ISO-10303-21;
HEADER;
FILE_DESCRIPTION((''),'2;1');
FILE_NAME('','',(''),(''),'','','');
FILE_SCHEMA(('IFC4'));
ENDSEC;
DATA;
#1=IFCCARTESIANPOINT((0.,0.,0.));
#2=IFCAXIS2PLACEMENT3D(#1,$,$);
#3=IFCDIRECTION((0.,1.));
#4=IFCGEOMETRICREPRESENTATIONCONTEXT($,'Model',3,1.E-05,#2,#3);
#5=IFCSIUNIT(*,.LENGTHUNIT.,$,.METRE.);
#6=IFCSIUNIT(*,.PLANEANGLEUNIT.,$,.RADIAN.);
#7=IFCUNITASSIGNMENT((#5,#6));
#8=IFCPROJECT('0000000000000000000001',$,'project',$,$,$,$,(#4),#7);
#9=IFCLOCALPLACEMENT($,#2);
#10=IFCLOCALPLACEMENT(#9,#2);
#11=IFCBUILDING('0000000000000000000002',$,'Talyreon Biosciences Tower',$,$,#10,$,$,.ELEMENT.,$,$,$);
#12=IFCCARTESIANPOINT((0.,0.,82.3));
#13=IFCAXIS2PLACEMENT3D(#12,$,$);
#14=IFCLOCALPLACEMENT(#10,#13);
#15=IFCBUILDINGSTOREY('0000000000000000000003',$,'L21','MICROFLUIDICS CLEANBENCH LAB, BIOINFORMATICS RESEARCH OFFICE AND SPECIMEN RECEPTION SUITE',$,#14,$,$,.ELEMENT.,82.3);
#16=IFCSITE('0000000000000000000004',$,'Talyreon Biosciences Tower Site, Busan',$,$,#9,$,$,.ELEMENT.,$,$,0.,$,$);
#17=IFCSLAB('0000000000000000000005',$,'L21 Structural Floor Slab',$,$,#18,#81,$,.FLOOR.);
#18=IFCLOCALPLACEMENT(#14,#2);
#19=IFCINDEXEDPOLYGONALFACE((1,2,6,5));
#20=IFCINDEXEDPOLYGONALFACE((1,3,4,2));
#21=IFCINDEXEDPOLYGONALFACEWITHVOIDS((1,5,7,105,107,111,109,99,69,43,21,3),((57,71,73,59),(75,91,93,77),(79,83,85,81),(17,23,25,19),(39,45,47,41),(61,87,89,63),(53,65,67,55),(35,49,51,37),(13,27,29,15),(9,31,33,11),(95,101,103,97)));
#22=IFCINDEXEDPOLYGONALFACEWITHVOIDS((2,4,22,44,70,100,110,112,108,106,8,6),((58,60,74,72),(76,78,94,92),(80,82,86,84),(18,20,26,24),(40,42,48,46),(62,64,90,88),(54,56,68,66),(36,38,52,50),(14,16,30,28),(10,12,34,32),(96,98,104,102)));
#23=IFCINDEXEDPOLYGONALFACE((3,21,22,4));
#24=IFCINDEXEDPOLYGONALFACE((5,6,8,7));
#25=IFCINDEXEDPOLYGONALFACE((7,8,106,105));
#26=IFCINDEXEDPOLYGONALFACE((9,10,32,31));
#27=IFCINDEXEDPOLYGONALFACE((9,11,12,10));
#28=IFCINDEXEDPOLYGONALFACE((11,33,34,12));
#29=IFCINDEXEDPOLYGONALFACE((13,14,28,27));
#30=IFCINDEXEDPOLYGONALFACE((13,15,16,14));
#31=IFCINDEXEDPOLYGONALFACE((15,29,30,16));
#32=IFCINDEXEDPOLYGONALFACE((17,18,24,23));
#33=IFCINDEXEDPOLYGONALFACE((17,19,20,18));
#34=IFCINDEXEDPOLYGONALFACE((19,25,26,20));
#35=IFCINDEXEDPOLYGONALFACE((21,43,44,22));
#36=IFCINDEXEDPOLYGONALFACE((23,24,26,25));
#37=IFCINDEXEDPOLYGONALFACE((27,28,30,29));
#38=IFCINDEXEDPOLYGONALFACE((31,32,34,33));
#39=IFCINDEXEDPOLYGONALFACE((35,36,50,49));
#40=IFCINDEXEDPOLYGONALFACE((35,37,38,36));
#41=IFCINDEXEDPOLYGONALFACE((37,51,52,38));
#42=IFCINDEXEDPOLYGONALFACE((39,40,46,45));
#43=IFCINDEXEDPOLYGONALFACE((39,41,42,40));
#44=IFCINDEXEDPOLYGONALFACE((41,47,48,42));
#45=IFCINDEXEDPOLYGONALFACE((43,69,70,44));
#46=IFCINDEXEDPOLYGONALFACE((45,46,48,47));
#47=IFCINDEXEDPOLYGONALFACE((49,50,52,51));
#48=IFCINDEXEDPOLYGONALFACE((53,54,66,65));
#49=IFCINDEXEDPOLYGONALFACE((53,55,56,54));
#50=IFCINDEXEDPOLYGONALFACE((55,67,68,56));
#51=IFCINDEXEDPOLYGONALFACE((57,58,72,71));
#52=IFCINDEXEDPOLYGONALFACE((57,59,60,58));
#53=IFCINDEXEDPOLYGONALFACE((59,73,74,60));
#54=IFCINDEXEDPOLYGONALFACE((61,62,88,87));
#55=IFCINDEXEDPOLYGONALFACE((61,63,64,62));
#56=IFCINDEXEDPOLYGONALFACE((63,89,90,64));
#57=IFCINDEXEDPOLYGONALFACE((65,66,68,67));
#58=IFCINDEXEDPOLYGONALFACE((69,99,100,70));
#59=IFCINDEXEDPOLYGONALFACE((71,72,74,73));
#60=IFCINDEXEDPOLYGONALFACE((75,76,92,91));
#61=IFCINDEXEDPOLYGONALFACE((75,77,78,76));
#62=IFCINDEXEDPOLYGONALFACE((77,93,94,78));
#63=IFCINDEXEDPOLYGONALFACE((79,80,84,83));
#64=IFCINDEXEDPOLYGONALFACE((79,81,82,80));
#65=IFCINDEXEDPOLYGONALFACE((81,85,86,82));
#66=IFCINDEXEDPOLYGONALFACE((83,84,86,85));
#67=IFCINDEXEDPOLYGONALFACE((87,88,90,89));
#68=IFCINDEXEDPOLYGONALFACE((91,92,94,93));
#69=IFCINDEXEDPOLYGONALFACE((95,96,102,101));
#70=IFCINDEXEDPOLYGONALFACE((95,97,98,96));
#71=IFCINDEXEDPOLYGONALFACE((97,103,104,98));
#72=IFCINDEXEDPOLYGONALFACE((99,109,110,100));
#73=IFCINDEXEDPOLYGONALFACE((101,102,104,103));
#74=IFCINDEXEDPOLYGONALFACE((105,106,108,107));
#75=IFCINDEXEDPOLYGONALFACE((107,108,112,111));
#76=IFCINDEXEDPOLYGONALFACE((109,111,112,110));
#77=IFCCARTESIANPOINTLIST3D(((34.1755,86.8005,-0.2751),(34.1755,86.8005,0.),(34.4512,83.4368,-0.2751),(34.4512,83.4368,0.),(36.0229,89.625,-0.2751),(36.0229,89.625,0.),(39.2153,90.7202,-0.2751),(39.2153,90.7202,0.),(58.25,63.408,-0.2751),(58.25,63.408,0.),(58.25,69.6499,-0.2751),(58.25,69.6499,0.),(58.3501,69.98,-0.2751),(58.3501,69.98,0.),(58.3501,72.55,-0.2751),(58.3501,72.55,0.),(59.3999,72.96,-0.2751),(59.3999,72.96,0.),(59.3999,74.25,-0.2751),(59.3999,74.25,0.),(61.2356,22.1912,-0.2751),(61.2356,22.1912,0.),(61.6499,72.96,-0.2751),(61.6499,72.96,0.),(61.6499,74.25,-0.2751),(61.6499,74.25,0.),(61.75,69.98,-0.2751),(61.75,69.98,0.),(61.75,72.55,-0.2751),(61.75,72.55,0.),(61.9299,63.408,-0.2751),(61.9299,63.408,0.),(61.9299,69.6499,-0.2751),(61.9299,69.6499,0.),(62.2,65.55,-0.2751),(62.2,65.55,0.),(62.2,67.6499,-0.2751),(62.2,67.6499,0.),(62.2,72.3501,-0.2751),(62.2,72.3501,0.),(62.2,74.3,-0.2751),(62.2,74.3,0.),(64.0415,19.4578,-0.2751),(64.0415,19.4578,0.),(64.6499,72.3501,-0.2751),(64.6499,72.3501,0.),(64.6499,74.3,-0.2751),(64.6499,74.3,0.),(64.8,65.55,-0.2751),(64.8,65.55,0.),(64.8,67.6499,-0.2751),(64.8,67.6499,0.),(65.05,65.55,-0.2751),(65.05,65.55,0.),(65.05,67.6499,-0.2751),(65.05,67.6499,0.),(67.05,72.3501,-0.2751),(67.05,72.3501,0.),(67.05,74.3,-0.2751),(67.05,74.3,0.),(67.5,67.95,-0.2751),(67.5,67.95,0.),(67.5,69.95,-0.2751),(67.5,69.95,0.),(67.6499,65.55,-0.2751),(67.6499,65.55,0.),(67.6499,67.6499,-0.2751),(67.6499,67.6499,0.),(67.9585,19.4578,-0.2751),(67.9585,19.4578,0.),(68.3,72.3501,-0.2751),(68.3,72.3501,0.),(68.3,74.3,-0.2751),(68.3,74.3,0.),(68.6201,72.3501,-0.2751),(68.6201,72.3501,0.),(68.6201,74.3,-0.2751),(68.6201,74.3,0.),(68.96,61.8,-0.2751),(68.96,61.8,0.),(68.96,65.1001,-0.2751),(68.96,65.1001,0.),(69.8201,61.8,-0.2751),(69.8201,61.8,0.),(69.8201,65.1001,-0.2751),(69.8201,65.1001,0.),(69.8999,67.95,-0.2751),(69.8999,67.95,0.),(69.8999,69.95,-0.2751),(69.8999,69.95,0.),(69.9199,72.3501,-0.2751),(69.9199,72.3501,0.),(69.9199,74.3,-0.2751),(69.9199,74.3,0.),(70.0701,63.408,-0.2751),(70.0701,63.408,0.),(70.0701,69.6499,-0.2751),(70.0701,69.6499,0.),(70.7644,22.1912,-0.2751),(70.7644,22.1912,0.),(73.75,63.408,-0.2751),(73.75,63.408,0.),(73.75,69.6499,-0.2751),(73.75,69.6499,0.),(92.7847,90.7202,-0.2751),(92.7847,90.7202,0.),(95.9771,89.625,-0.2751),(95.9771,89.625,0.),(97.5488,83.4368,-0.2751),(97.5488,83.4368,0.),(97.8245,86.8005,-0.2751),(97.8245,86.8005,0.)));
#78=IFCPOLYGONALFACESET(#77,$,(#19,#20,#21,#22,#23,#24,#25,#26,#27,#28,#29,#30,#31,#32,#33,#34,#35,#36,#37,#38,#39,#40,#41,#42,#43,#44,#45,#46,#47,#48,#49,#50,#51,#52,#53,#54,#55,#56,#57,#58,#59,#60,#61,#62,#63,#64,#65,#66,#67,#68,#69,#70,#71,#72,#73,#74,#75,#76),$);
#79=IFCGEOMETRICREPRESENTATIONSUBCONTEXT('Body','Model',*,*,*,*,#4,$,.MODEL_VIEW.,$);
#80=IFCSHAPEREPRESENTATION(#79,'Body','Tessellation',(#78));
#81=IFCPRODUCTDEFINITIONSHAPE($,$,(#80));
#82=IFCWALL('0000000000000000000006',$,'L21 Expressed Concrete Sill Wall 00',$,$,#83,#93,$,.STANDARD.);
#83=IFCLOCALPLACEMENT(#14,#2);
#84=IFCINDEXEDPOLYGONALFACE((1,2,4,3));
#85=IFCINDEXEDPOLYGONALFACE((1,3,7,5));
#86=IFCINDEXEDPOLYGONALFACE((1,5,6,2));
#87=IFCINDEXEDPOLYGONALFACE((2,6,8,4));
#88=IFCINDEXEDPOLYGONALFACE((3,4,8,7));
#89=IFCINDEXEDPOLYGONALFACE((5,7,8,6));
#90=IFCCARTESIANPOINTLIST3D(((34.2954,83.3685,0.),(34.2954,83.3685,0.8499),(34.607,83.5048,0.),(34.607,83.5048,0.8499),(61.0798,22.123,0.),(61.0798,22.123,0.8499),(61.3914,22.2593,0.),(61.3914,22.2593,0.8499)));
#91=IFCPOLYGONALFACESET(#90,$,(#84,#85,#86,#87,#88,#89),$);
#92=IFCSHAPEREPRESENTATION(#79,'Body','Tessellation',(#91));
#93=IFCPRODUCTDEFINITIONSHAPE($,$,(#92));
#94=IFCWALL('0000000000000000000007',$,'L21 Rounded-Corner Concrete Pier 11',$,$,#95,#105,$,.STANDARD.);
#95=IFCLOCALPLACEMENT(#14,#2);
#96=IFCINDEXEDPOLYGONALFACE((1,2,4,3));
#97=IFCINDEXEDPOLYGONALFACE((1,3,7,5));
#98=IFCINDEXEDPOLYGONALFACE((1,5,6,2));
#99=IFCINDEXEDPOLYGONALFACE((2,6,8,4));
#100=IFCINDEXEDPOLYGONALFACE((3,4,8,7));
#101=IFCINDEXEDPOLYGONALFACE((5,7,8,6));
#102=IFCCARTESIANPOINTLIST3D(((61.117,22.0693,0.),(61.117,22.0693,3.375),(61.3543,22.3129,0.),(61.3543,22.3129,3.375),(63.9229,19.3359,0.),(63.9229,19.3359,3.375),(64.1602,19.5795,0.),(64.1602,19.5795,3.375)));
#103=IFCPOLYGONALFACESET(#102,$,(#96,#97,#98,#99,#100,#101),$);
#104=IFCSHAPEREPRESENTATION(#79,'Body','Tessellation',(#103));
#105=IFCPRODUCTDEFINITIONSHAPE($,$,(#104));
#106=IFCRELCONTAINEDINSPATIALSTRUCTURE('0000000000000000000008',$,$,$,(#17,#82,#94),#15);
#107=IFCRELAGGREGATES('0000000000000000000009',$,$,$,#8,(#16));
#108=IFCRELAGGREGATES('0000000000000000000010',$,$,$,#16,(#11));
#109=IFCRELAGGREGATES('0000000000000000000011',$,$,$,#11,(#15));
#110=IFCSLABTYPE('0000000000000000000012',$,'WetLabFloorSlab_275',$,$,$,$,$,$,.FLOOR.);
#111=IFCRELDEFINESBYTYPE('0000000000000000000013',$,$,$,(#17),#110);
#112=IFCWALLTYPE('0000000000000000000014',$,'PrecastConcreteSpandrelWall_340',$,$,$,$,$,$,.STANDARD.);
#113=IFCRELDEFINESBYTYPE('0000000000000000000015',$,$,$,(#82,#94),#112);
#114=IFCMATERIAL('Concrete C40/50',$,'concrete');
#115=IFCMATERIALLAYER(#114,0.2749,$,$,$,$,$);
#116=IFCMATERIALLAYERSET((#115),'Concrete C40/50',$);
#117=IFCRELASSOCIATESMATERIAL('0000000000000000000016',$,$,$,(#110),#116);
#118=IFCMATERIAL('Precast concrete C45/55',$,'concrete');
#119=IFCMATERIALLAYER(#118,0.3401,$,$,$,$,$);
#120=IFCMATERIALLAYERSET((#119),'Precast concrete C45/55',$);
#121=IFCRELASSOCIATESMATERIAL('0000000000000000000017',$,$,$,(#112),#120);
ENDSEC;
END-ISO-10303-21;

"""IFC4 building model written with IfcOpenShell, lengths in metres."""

from ifc_helpers import new_model, si_unit, direction, frame, frame_2d, origin, place, context, subcontext, project, spatial, polyline, rectangle, outline, extrude, material, layer, layer_set, type_object, element, save


model = new_model("IFC4")

# Units and contexts
model_context = context("Model", 3, precision=1e-05, world=origin(), true_north=direction((0.0, 1.0)))
body_context = subcontext(model_context, "Body", "Model", "MODEL_VIEW")
ifc_project = project(units=[si_unit("LENGTHUNIT", "METRE"), si_unit("PLANEANGLEUNIT", "RADIAN")], contexts=[model_context])

# Site, building, storey
site_placement = place(None, origin())
site = spatial("IfcSite", under=ifc_project, at=site_placement, Name="Talyreon Biosciences Tower Site, Busan", CompositionType="ELEMENT", RefElevation=0.0)
building_placement = place(site_placement, origin())
building = spatial("IfcBuilding", under=site, at=building_placement, Name="Talyreon Biosciences Tower", CompositionType="ELEMENT")
storey_placement = place(building_placement, frame((0.0, 0.0, 82.3)))
storey = spatial("IfcBuildingStorey", under=building, at=storey_placement, Name="L21", Description="MICROFLUIDICS CLEANBENCH LAB, BIOINFORMATICS RESEARCH OFFICE AND SPECIMEN RECEPTION SUITE", CompositionType="ELEMENT", Elevation=82.3)

# Shared definitions
ifc_material_1 = material(Name="Precast concrete C45/55", Category="concrete")

# Shared definitions
ifc_material_2 = material(Name="Concrete C40/50", Category="concrete")

# Slab
ifc_layer_1 = layer(ifc_material_2, 0.2749)
ifc_layer_set_1 = layer_set([ifc_layer_1], Name="Concrete C40/50")
slab_type_1 = type_object("IfcSlabType", Name="WetLabFloorSlab_275", PredefinedType="FLOOR", material=ifc_layer_set_1)
slab_1_placement = place(storey_placement, frame((0.0, 0.0, -0.2751)))
element("IfcSlab", 1, at=slab_1_placement, inside=storey, type_object=slab_type_1, Name="L21 Structural Floor Slab", PredefinedType="FLOOR", context=body_context, shape_type="SweptSolid", body=[
    extrude(outline(polyline([(61.2356, 22.1912), (34.4512, 83.4368), (34.1755, 86.8005), (36.0229, 89.625), (39.2153, 90.7202), (92.7847, 90.7202), (95.9771, 89.625), (97.8245, 86.8005), (97.5488, 83.4368), (70.7644, 22.1912), (67.9585, 19.4578), (64.0415, 19.4578), (61.2356, 22.1912)]), holes=[polyline([(61.9299, 69.6499), (61.9299, 63.408), (58.25, 63.408), (58.25, 69.6499), (61.9299, 69.6499)]), polyline([(64.8, 67.6499), (64.8, 65.55), (62.2, 65.55), (62.2, 67.6499), (64.8, 67.6499)]), polyline([(67.6499, 67.6499), (67.6499, 65.55), (65.05, 65.55), (65.05, 67.6499), (67.6499, 67.6499)]), polyline([(61.75, 69.98), (58.3501, 69.98), (58.3501, 72.55), (61.75, 72.55), (61.75, 69.98)]), polyline([(64.6499, 72.3501), (62.2, 72.3501), (62.2, 74.3), (64.6499, 74.3), (64.6499, 72.3501)]), polyline([(61.6499, 74.25), (61.6499, 72.96), (59.3999, 72.96), (59.3999, 74.25), (61.6499, 74.25)]), polyline([(69.8201, 61.8), (68.96, 61.8), (68.96, 65.1001), (69.8201, 65.1001), (69.8201, 61.8)]), polyline([(73.75, 63.408), (70.0701, 63.408), (70.0701, 69.6499), (73.75, 69.6499), (73.75, 63.408)]), polyline([(69.8999, 69.95), (69.8999, 67.95), (67.5, 67.95), (67.5, 69.95), (69.8999, 69.95)]), polyline([(68.3, 72.3501), (67.05, 72.3501), (67.05, 74.3), (68.3, 74.3), (68.3, 72.3501)]), polyline([(69.9199, 72.3501), (68.6201, 72.3501), (68.6201, 74.3), (69.9199, 74.3), (69.9199, 72.3501)])]), origin(), (0.0, 0.0, 1.0), 0.2751),
])

# Walls
ifc_layer_2 = layer(ifc_material_1, 0.3401)
ifc_layer_set_2 = layer_set([ifc_layer_2], Name="Precast concrete C45/55")
wall_type = type_object("IfcWallType", Name="PrecastConcreteSpandrelWall_340", PredefinedType="STANDARD", material=ifc_layer_set_2)
wall_1_placement = place(storey_placement, frame((61.2356, 22.1912, 0.0), z_axis=(0.0, 0.0, 1.0), x_axis=(-0.400687, 0.916215, 0.0)))
element("IfcWall", 2, at=wall_1_placement, inside=storey, type_object=wall_type, Name="L21 Expressed Concrete Sill Wall 00", PredefinedType="STANDARD", context=body_context, shape_type="SweptSolid", body=[
    extrude(rectangle(XDim=66.8462, YDim=0.3401, at=frame_2d((33.4231, 0.0))), origin(), (0.0, 0.0, 1.0), 0.8499),
])
wall_2_placement = place(storey_placement, frame((64.0415, 19.4578, 0.0), z_axis=(0.0, 0.0, 1.0), x_axis=(-0.716301, 0.697791, 0.0)))
element("IfcWall", 3, at=wall_2_placement, inside=storey, type_object=wall_type, Name="L21 Rounded-Corner Concrete Pier 11", PredefinedType="STANDARD", context=body_context, shape_type="SweptSolid", body=[
    extrude(rectangle(XDim=3.9172, YDim=0.3401, at=frame_2d((1.9585, 0.0))), origin(), (0.0, 0.0, 1.0), 3.375),
])

save(model, "model.ifc")
